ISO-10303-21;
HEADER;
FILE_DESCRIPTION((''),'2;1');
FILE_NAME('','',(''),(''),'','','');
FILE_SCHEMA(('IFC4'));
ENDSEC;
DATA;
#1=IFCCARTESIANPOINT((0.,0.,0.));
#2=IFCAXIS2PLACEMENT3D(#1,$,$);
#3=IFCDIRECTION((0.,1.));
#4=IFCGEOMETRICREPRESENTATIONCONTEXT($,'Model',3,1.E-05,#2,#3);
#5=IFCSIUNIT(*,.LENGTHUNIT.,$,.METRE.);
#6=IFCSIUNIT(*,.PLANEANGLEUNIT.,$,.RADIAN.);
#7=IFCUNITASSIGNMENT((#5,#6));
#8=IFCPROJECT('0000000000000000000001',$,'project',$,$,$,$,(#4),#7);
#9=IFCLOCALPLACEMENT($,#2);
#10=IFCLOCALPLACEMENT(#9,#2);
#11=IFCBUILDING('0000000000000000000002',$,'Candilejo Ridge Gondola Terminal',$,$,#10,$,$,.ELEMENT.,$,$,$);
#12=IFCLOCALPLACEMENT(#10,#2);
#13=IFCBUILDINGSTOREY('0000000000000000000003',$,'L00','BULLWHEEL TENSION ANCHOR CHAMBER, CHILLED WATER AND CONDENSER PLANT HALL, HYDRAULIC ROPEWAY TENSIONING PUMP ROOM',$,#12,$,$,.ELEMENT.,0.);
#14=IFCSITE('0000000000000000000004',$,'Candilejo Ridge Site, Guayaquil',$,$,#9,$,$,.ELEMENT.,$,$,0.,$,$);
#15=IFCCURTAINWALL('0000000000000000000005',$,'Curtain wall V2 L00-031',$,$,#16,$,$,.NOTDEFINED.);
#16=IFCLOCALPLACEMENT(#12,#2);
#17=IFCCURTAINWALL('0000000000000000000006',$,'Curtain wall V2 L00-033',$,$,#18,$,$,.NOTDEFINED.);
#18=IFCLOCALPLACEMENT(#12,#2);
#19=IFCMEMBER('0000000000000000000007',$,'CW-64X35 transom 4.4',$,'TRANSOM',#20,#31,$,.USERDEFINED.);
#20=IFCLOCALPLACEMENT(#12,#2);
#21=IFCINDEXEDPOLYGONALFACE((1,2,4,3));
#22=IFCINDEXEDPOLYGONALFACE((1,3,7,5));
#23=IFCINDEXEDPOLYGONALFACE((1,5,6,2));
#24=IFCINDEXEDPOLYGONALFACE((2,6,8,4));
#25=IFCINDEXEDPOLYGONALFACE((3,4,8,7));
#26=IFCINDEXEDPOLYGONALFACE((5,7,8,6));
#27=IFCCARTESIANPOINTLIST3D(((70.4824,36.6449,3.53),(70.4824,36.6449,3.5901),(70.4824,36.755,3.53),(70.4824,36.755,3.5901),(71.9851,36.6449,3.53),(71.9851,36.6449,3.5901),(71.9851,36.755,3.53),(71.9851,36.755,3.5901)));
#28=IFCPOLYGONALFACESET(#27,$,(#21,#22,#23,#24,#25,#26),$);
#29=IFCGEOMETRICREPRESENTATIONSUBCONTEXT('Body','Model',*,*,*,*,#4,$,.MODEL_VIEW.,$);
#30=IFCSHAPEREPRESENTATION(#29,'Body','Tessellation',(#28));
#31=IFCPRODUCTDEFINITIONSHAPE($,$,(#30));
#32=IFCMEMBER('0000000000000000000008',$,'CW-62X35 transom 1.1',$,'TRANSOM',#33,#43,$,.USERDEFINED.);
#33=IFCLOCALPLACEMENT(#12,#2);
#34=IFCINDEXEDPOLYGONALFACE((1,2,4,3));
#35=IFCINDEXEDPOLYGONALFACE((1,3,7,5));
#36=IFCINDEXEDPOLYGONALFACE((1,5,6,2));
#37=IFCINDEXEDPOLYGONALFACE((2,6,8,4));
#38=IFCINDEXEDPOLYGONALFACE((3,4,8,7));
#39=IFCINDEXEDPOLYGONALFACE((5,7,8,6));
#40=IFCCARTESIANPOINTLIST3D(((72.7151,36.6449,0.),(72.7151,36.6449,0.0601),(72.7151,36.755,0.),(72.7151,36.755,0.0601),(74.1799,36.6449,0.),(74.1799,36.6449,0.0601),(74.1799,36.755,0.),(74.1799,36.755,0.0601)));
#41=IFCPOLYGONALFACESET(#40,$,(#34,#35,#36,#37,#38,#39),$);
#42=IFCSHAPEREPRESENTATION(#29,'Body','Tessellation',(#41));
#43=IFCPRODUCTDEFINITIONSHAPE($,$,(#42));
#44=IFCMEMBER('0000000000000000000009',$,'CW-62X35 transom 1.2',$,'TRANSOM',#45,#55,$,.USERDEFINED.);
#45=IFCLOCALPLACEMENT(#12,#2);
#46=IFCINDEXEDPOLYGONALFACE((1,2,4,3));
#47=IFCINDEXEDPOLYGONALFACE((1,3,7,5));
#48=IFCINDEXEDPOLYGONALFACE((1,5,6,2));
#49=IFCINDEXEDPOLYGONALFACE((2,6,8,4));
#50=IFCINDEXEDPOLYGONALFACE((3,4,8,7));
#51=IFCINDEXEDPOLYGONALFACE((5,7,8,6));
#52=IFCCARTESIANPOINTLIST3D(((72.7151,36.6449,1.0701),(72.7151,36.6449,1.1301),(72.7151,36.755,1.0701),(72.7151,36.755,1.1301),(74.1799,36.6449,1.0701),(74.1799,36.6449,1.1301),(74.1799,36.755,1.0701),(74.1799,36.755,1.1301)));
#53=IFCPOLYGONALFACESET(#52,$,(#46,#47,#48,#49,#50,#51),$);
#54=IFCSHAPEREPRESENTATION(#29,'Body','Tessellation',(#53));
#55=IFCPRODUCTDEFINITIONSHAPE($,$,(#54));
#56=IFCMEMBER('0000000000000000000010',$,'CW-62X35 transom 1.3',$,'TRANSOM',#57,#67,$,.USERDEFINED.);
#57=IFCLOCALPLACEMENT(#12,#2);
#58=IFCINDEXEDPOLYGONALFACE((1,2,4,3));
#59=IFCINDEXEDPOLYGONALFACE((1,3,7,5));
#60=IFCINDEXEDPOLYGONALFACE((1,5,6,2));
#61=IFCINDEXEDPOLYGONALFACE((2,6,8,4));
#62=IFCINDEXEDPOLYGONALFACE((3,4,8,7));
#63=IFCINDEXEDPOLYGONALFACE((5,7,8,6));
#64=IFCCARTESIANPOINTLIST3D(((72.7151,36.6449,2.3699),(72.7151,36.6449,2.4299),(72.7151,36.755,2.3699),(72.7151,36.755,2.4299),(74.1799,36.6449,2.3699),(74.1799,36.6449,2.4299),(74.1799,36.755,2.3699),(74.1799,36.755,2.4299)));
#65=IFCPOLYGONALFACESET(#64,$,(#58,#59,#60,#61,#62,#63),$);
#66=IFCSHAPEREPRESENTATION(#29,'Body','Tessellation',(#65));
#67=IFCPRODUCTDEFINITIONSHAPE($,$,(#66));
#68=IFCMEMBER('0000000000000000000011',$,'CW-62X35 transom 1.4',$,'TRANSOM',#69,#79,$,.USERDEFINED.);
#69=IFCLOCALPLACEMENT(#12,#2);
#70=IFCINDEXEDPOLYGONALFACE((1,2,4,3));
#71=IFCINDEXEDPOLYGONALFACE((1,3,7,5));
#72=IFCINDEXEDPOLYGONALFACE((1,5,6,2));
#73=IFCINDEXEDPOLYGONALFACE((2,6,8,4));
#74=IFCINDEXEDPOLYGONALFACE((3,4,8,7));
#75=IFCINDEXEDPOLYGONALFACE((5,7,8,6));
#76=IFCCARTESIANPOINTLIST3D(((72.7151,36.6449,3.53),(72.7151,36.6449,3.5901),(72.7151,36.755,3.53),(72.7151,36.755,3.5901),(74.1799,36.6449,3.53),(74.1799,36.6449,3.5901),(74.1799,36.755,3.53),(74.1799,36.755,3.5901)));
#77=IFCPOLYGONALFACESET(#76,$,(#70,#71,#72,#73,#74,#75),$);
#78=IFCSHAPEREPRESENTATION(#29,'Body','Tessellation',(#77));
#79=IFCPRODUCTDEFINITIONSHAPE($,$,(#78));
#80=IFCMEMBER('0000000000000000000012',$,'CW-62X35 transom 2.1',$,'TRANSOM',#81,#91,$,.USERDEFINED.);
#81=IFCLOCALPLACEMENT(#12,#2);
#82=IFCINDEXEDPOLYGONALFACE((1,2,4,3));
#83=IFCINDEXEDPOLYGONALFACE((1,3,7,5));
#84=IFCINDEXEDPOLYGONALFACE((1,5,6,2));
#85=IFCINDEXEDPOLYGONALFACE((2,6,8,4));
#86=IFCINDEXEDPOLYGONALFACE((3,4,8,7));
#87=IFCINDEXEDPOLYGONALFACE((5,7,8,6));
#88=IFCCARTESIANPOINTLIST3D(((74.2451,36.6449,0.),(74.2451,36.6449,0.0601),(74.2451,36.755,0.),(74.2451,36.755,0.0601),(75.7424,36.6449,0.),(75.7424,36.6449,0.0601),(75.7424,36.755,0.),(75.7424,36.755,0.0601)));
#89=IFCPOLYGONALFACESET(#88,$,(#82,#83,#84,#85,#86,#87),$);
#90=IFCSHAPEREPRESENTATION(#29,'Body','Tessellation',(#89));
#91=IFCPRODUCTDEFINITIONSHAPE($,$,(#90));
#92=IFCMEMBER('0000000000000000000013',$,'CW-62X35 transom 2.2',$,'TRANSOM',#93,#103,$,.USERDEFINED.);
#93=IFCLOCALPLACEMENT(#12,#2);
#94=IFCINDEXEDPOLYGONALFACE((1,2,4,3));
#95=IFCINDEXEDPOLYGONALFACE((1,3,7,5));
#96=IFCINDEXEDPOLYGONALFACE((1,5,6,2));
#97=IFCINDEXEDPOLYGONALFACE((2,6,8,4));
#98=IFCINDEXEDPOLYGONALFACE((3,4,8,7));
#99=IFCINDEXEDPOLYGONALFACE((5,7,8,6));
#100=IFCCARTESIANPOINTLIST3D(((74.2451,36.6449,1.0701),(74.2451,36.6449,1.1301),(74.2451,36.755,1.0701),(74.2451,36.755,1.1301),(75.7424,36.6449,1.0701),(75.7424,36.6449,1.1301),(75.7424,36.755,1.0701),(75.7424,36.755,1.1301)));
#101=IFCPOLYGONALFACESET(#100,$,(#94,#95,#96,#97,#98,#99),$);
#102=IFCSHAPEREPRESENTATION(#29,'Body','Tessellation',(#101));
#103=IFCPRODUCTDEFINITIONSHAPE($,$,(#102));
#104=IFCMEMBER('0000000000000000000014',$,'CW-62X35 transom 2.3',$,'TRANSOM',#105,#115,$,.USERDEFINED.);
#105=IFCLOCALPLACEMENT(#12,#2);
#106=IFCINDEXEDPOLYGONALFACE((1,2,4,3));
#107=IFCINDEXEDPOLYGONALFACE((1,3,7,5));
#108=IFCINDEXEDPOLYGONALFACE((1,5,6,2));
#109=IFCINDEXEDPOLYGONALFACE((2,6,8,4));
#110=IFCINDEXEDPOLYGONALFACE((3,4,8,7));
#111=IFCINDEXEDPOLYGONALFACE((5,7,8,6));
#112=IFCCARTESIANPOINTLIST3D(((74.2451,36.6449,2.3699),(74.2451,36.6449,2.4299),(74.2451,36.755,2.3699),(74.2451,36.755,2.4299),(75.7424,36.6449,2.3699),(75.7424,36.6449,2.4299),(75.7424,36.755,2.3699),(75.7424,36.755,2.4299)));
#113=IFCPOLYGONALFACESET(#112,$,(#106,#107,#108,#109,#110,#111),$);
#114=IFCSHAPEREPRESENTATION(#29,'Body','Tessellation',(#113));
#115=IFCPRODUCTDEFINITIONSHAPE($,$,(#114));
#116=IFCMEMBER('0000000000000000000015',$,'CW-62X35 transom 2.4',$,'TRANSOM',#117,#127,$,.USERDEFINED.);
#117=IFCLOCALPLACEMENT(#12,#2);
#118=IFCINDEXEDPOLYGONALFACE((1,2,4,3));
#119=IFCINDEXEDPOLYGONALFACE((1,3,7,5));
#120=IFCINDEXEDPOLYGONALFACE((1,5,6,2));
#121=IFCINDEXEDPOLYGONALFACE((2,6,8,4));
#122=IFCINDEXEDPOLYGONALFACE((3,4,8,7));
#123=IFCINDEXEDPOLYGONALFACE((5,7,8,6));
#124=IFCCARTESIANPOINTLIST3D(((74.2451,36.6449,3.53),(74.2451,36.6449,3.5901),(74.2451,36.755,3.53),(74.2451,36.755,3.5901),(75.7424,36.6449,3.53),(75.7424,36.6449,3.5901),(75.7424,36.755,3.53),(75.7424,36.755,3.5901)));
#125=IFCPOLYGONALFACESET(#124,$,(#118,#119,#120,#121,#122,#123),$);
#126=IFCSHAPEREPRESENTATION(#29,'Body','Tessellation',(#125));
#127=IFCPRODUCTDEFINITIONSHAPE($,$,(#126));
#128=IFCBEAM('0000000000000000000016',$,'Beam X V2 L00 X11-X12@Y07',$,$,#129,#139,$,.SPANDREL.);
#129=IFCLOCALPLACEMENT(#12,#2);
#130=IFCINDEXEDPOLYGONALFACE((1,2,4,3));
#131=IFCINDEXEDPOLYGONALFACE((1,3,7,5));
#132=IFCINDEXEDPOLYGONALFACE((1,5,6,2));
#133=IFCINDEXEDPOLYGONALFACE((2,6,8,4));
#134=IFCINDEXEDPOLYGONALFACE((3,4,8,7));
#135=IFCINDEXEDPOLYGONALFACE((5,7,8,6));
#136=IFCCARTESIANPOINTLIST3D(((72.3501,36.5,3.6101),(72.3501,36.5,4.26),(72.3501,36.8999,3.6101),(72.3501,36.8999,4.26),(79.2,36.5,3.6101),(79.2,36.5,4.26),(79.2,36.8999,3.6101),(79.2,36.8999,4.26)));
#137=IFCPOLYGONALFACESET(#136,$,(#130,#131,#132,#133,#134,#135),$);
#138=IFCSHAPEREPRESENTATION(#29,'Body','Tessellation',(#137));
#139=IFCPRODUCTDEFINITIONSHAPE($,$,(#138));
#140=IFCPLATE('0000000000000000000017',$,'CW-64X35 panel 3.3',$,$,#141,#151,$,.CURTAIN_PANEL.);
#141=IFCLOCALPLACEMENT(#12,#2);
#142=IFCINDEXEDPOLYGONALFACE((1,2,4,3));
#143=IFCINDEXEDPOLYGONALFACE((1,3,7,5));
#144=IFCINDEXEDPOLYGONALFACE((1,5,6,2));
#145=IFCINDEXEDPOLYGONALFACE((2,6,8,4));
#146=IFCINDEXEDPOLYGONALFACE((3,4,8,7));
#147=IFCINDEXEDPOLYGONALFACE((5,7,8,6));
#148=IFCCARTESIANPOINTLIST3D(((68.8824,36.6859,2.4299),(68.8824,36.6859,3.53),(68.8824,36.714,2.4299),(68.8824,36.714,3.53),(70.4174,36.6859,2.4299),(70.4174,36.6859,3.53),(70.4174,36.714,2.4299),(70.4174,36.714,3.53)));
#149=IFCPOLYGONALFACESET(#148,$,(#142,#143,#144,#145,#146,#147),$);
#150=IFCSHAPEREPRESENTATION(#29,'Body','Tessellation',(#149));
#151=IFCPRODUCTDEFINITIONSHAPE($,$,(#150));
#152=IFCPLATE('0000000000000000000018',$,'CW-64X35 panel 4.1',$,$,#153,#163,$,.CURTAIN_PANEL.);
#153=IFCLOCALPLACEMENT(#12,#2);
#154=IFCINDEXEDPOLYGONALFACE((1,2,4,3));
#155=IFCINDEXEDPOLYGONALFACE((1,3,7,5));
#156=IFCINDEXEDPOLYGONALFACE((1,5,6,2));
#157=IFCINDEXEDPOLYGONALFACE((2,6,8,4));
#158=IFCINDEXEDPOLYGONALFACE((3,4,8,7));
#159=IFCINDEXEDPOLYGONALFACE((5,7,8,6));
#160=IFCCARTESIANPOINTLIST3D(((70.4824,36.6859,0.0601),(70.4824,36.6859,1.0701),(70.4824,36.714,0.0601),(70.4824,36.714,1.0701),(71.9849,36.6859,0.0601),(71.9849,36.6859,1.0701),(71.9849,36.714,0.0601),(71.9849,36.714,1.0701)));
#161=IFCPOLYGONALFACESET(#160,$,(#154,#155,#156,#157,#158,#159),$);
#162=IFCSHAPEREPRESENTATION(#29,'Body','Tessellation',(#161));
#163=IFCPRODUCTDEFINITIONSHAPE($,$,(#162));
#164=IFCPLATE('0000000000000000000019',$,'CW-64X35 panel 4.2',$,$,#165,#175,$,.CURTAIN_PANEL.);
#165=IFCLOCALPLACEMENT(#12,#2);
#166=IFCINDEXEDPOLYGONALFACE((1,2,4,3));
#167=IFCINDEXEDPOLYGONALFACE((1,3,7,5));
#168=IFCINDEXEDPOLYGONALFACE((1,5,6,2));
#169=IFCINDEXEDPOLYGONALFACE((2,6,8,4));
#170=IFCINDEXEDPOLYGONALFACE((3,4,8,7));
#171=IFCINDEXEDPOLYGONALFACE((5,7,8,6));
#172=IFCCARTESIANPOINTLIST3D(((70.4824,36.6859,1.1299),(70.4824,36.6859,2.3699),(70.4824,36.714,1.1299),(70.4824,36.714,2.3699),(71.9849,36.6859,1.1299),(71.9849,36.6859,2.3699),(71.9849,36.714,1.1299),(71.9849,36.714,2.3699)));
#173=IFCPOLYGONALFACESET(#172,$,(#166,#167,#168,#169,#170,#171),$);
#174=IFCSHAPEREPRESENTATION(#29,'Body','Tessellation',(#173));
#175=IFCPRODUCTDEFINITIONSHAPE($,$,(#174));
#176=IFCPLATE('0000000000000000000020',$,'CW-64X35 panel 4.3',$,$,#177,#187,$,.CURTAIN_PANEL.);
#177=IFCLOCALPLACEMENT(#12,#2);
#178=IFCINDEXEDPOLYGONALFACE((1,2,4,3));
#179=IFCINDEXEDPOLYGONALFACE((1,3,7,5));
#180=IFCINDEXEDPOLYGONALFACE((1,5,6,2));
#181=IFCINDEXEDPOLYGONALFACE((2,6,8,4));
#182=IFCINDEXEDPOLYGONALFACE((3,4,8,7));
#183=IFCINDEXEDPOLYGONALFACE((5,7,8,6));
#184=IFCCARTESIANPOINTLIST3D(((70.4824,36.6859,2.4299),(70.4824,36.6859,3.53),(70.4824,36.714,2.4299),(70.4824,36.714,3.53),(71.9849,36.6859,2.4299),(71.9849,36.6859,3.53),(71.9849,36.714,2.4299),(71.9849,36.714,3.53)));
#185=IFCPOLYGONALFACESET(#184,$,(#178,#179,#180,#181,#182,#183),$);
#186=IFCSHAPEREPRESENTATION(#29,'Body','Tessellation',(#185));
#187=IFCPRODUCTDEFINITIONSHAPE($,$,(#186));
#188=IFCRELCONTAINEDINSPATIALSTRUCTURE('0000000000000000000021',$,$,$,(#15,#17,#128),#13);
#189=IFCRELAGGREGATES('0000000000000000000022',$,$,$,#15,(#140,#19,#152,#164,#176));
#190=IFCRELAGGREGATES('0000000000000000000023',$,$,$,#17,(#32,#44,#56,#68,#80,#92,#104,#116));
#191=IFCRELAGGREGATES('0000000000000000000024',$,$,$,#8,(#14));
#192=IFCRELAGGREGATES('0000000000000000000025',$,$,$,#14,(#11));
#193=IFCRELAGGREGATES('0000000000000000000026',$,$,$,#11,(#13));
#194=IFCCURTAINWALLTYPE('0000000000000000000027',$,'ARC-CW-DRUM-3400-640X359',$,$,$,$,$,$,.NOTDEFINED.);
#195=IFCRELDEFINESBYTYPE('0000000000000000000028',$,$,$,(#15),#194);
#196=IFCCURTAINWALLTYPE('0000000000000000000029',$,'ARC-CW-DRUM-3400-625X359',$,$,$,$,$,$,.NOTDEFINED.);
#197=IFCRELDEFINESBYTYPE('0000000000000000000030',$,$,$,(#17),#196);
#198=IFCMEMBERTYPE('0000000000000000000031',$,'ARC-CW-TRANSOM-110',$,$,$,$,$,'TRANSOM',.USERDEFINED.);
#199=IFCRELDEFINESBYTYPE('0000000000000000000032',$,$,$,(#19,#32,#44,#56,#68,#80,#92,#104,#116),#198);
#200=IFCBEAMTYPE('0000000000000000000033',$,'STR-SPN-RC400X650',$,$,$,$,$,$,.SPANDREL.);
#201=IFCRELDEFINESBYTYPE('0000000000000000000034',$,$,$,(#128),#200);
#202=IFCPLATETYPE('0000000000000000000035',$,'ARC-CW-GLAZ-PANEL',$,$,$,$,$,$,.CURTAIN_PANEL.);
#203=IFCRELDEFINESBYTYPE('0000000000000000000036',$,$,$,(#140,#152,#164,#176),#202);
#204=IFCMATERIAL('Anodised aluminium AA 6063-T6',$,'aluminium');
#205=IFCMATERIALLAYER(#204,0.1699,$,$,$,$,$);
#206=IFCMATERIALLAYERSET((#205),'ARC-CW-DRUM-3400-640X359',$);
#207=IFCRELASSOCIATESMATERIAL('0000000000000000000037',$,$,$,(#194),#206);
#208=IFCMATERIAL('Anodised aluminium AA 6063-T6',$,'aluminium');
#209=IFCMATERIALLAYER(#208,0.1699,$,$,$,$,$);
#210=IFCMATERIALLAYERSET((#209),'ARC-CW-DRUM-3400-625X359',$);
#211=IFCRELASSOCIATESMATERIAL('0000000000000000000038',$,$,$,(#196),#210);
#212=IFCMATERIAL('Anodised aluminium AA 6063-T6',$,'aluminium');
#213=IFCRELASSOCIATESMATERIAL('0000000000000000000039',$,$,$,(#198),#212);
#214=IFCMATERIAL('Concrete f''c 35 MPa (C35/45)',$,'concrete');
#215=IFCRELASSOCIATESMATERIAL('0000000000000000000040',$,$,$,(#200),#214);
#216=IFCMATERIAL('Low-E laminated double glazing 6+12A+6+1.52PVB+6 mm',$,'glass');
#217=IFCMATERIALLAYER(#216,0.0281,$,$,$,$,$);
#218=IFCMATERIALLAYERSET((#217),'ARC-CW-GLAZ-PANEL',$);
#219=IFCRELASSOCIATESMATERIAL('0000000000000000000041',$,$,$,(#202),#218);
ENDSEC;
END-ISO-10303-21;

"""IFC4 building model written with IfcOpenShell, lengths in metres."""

from ifc_helpers import new_model, si_unit, direction, frame, origin, origin_2d, place, context, subcontext, project, spatial, rectangle, extrude, material, layer, layer_set, material_profile, profile_set, type_object, element, aggregate, save


model = new_model("IFC4")

# Units and contexts
model_context = context("Model", 3, precision=1e-05, world=origin(), true_north=direction((0.0, 1.0)))
body_context = subcontext(model_context, "Body", "Model", "MODEL_VIEW")
ifc_project = project(units=[si_unit("LENGTHUNIT", "METRE"), si_unit("PLANEANGLEUNIT", "RADIAN")], contexts=[model_context])

# Site, building, storey
site_placement = place(None, origin())
site = spatial("IfcSite", under=ifc_project, at=site_placement, Name="Candilejo Ridge Site, Guayaquil", CompositionType="ELEMENT", RefElevation=0.0)
building_placement = place(site_placement, origin())
building = spatial("IfcBuilding", under=site, at=building_placement, Name="Candilejo Ridge Gondola Terminal", CompositionType="ELEMENT")
storey_placement = place(building_placement, origin())
storey = spatial("IfcBuildingStorey", under=building, at=storey_placement, Name="L00", Description="BULLWHEEL TENSION ANCHOR CHAMBER, CHILLED WATER AND CONDENSER PLANT HALL, HYDRAULIC ROPEWAY TENSIONING PUMP ROOM", CompositionType="ELEMENT", Elevation=0.0)

# Curtain walls
ifc_material_1 = material(Name="Anodised aluminium AA 6063-T6", Category="aluminium")
ifc_layer_1 = layer(ifc_material_1, 0.1699)
ifc_layer_set_1 = layer_set([ifc_layer_1], Name="ARC-CW-DRUM-3400-640X359")
curtain_wall_type_1 = type_object("IfcCurtainWallType", Name="ARC-CW-DRUM-3400-640X359", PredefinedType="NOTDEFINED", material=ifc_layer_set_1)
curtain_wall_1_placement = place(storey_placement, origin())
curtain_wall_1 = element("IfcCurtainWall", 1, at=curtain_wall_1_placement, inside=storey, type_object=curtain_wall_type_1, Name="Curtain wall V2 L00-031", PredefinedType="NOTDEFINED")
ifc_material_2 = material(Name="Anodised aluminium AA 6063-T6", Category="aluminium")
ifc_layer_2 = layer(ifc_material_2, 0.1699)
ifc_layer_set_2 = layer_set([ifc_layer_2], Name="ARC-CW-DRUM-3400-625X359")
curtain_wall_type_2 = type_object("IfcCurtainWallType", Name="ARC-CW-DRUM-3400-625X359", PredefinedType="NOTDEFINED", material=ifc_layer_set_2)
curtain_wall_2_placement = place(storey_placement, origin())
curtain_wall_2 = element("IfcCurtainWall", 2, at=curtain_wall_2_placement, inside=storey, type_object=curtain_wall_type_2, Name="Curtain wall V2 L00-033", PredefinedType="NOTDEFINED")

# Members
ifc_material_3 = material(Name="Anodised aluminium AA 6063-T6", Category="aluminium")
ifc_material_profile_1 = material_profile(ifc_material_3, rectangle(XDim=0.1101, YDim=0.0601, at=origin_2d()))
ifc_profile_set_1 = profile_set([ifc_material_profile_1], Name="Anodised aluminium AA 6063-T6")
member_type_1 = type_object("IfcMemberType", Name="ARC-CW-TRANSOM-110", ElementType="TRANSOM", PredefinedType="USERDEFINED", material=ifc_profile_set_1)
member_1_placement = place(storey_placement, frame((70.4824, 36.7, 3.5601), z_axis=(1.0, 0.0, 0.0), x_axis=(0.0, 1.0, 0.0)))
member_1 = element("IfcMember", 3, at=member_1_placement, type_object=member_type_1, Name="CW-64X35 transom 4.4", ObjectType="TRANSOM", PredefinedType="USERDEFINED", context=body_context, shape_type="SweptSolid", body=[
    extrude(rectangle(XDim=0.1101, YDim=0.0601, at=origin_2d()), origin(), (0.0, 0.0, 1.0), 1.5027),
])
member_2_placement = place(storey_placement, frame((72.7151, 36.7, 0.03), z_axis=(1.0, 0.0, 0.0), x_axis=(0.0, 1.0, 0.0)))
member_2 = element("IfcMember", 4, at=member_2_placement, type_object=member_type_1, Name="CW-62X35 transom 1.1", ObjectType="TRANSOM", PredefinedType="USERDEFINED", context=body_context, shape_type="SweptSolid", body=[
    extrude(rectangle(XDim=0.1101, YDim=0.0601, at=origin_2d()), origin(), (0.0, 0.0, 1.0), 1.4648),
])
member_3_placement = place(storey_placement, frame((72.7151, 36.7, 1.1001), z_axis=(1.0, 0.0, 0.0), x_axis=(0.0, 1.0, 0.0)))
member_3 = element("IfcMember", 5, at=member_3_placement, type_object=member_type_1, Name="CW-62X35 transom 1.2", ObjectType="TRANSOM", PredefinedType="USERDEFINED", context=body_context, shape_type="SweptSolid", body=[
    extrude(rectangle(XDim=0.1101, YDim=0.0601, at=origin_2d()), origin(), (0.0, 0.0, 1.0), 1.4648),
])
member_4_placement = place(storey_placement, frame((72.7151, 36.7, 2.3999), z_axis=(1.0, 0.0, 0.0), x_axis=(0.0, 1.0, 0.0)))
member_4 = element("IfcMember", 6, at=member_4_placement, type_object=member_type_1, Name="CW-62X35 transom 1.3", ObjectType="TRANSOM", PredefinedType="USERDEFINED", context=body_context, shape_type="SweptSolid", body=[
    extrude(rectangle(XDim=0.1101, YDim=0.0601, at=origin_2d()), origin(), (0.0, 0.0, 1.0), 1.4648),
])
member_5_placement = place(storey_placement, frame((72.7151, 36.7, 3.5601), z_axis=(1.0, 0.0, 0.0), x_axis=(0.0, 1.0, 0.0)))
member_5 = element("IfcMember", 7, at=member_5_placement, type_object=member_type_1, Name="CW-62X35 transom 1.4", ObjectType="TRANSOM", PredefinedType="USERDEFINED", context=body_context, shape_type="SweptSolid", body=[
    extrude(rectangle(XDim=0.1101, YDim=0.0601, at=origin_2d()), origin(), (0.0, 0.0, 1.0), 1.4648),
])
member_6_placement = place(storey_placement, frame((74.2451, 36.7, 0.03), z_axis=(1.0, 0.0, 0.0), x_axis=(0.0, 1.0, 0.0)))
member_6 = element("IfcMember", 8, at=member_6_placement, type_object=member_type_1, Name="CW-62X35 transom 2.1", ObjectType="TRANSOM", PredefinedType="USERDEFINED", context=body_context, shape_type="SweptSolid", body=[
    extrude(rectangle(XDim=0.1101, YDim=0.0601, at=origin_2d()), origin(), (0.0, 0.0, 1.0), 1.4973),
])
member_7_placement = place(storey_placement, frame((74.2451, 36.7, 1.1001), z_axis=(1.0, 0.0, 0.0), x_axis=(0.0, 1.0, 0.0)))
member_7 = element("IfcMember", 9, at=member_7_placement, type_object=member_type_1, Name="CW-62X35 transom 2.2", ObjectType="TRANSOM", PredefinedType="USERDEFINED", context=body_context, shape_type="SweptSolid", body=[
    extrude(rectangle(XDim=0.1101, YDim=0.0601, at=origin_2d()), origin(), (0.0, 0.0, 1.0), 1.4973),
])
member_8_placement = place(storey_placement, frame((74.2451, 36.7, 2.3999), z_axis=(1.0, 0.0, 0.0), x_axis=(0.0, 1.0, 0.0)))
member_8 = element("IfcMember", 10, at=member_8_placement, type_object=member_type_1, Name="CW-62X35 transom 2.3", ObjectType="TRANSOM", PredefinedType="USERDEFINED", context=body_context, shape_type="SweptSolid", body=[
    extrude(rectangle(XDim=0.1101, YDim=0.0601, at=origin_2d()), origin(), (0.0, 0.0, 1.0), 1.4973),
])
member_9_placement = place(storey_placement, frame((74.2451, 36.7, 3.5601), z_axis=(1.0, 0.0, 0.0), x_axis=(0.0, 1.0, 0.0)))
member_9 = element("IfcMember", 11, at=member_9_placement, type_object=member_type_1, Name="CW-62X35 transom 2.4", ObjectType="TRANSOM", PredefinedType="USERDEFINED", context=body_context, shape_type="SweptSolid", body=[
    extrude(rectangle(XDim=0.1101, YDim=0.0601, at=origin_2d()), origin(), (0.0, 0.0, 1.0), 1.4973),
])

# Beam
ifc_material_4 = material(Name="Concrete f'c 35 MPa (C35/45)", Category="concrete")
ifc_material_profile_2 = material_profile(ifc_material_4, rectangle(XDim=0.3999, YDim=0.6499, at=origin_2d()))
ifc_profile_set_2 = profile_set([ifc_material_profile_2], Name="Concrete f'c 35 MPa (C35/45)")
beam_type = type_object("IfcBeamType", Name="STR-SPN-RC400X650", PredefinedType="SPANDREL", material=ifc_profile_set_2)
beam_placement = place(storey_placement, frame((72.3501, 36.7, 3.9351), z_axis=(1.0, 0.0, 0.0), x_axis=(0.0, 1.0, 0.0)))
element("IfcBeam", 12, at=beam_placement, inside=storey, type_object=beam_type, Name="Beam X V2 L00 X11-X12@Y07", PredefinedType="SPANDREL", context=body_context, shape_type="SweptSolid", body=[
    extrude(rectangle(XDim=0.3999, YDim=0.6499, at=origin_2d()), origin(), (0.0, 0.0, 1.0), 6.8499),
])

# Plates
ifc_material_5 = material(Name="Low-E laminated double glazing 6+12A+6+1.52PVB+6 mm", Category="glass")
ifc_layer_3 = layer(ifc_material_5, 0.0281)
ifc_layer_set_3 = layer_set([ifc_layer_3], Name="ARC-CW-GLAZ-PANEL")
plate_type = type_object("IfcPlateType", Name="ARC-CW-GLAZ-PANEL", PredefinedType="CURTAIN_PANEL", material=ifc_layer_set_3)
plate_1_placement = place(storey_placement, frame((69.6499, 36.7, 2.4299), z_axis=(0.0, 0.0, 1.0), x_axis=(1.0, 0.0, 0.0)))
plate_1 = element("IfcPlate", 13, at=plate_1_placement, type_object=plate_type, Name="CW-64X35 panel 3.3", PredefinedType="CURTAIN_PANEL", context=body_context, shape_type="SweptSolid", body=[
    extrude(rectangle(XDim=1.5349, YDim=0.0281, at=origin_2d()), origin(), (0.0, 0.0, 1.0), 1.1001),
])
plate_2_placement = place(storey_placement, frame((71.2336, 36.7, 0.0601), z_axis=(0.0, 0.0, 1.0), x_axis=(1.0, 0.0, 0.0)))
plate_2 = element("IfcPlate", 14, at=plate_2_placement, type_object=plate_type, Name="CW-64X35 panel 4.1", PredefinedType="CURTAIN_PANEL", context=body_context, shape_type="SweptSolid", body=[
    extrude(rectangle(XDim=1.5024, YDim=0.0281, at=origin_2d()), origin(), (0.0, 0.0, 1.0), 1.01),
])
plate_3_placement = place(storey_placement, frame((71.2336, 36.7, 1.1299), z_axis=(0.0, 0.0, 1.0), x_axis=(1.0, 0.0, 0.0)))
plate_3 = element("IfcPlate", 15, at=plate_3_placement, type_object=plate_type, Name="CW-64X35 panel 4.2", PredefinedType="CURTAIN_PANEL", context=body_context, shape_type="SweptSolid", body=[
    extrude(rectangle(XDim=1.5024, YDim=0.0281, at=origin_2d()), origin(), (0.0, 0.0, 1.0), 1.24),
])
plate_4_placement = place(storey_placement, frame((71.2336, 36.7, 2.4299), z_axis=(0.0, 0.0, 1.0), x_axis=(1.0, 0.0, 0.0)))
plate_4 = element("IfcPlate", 16, at=plate_4_placement, type_object=plate_type, Name="CW-64X35 panel 4.3", PredefinedType="CURTAIN_PANEL", context=body_context, shape_type="SweptSolid", body=[
    extrude(rectangle(XDim=1.5024, YDim=0.0281, at=origin_2d()), origin(), (0.0, 0.0, 1.0), 1.1001),
])
aggregate(curtain_wall_1, [plate_1, member_1, plate_2, plate_3, plate_4])
aggregate(curtain_wall_2, [member_2, member_3, member_4, member_5, member_6, member_7, member_8, member_9])

save(model, "model.ifc")
